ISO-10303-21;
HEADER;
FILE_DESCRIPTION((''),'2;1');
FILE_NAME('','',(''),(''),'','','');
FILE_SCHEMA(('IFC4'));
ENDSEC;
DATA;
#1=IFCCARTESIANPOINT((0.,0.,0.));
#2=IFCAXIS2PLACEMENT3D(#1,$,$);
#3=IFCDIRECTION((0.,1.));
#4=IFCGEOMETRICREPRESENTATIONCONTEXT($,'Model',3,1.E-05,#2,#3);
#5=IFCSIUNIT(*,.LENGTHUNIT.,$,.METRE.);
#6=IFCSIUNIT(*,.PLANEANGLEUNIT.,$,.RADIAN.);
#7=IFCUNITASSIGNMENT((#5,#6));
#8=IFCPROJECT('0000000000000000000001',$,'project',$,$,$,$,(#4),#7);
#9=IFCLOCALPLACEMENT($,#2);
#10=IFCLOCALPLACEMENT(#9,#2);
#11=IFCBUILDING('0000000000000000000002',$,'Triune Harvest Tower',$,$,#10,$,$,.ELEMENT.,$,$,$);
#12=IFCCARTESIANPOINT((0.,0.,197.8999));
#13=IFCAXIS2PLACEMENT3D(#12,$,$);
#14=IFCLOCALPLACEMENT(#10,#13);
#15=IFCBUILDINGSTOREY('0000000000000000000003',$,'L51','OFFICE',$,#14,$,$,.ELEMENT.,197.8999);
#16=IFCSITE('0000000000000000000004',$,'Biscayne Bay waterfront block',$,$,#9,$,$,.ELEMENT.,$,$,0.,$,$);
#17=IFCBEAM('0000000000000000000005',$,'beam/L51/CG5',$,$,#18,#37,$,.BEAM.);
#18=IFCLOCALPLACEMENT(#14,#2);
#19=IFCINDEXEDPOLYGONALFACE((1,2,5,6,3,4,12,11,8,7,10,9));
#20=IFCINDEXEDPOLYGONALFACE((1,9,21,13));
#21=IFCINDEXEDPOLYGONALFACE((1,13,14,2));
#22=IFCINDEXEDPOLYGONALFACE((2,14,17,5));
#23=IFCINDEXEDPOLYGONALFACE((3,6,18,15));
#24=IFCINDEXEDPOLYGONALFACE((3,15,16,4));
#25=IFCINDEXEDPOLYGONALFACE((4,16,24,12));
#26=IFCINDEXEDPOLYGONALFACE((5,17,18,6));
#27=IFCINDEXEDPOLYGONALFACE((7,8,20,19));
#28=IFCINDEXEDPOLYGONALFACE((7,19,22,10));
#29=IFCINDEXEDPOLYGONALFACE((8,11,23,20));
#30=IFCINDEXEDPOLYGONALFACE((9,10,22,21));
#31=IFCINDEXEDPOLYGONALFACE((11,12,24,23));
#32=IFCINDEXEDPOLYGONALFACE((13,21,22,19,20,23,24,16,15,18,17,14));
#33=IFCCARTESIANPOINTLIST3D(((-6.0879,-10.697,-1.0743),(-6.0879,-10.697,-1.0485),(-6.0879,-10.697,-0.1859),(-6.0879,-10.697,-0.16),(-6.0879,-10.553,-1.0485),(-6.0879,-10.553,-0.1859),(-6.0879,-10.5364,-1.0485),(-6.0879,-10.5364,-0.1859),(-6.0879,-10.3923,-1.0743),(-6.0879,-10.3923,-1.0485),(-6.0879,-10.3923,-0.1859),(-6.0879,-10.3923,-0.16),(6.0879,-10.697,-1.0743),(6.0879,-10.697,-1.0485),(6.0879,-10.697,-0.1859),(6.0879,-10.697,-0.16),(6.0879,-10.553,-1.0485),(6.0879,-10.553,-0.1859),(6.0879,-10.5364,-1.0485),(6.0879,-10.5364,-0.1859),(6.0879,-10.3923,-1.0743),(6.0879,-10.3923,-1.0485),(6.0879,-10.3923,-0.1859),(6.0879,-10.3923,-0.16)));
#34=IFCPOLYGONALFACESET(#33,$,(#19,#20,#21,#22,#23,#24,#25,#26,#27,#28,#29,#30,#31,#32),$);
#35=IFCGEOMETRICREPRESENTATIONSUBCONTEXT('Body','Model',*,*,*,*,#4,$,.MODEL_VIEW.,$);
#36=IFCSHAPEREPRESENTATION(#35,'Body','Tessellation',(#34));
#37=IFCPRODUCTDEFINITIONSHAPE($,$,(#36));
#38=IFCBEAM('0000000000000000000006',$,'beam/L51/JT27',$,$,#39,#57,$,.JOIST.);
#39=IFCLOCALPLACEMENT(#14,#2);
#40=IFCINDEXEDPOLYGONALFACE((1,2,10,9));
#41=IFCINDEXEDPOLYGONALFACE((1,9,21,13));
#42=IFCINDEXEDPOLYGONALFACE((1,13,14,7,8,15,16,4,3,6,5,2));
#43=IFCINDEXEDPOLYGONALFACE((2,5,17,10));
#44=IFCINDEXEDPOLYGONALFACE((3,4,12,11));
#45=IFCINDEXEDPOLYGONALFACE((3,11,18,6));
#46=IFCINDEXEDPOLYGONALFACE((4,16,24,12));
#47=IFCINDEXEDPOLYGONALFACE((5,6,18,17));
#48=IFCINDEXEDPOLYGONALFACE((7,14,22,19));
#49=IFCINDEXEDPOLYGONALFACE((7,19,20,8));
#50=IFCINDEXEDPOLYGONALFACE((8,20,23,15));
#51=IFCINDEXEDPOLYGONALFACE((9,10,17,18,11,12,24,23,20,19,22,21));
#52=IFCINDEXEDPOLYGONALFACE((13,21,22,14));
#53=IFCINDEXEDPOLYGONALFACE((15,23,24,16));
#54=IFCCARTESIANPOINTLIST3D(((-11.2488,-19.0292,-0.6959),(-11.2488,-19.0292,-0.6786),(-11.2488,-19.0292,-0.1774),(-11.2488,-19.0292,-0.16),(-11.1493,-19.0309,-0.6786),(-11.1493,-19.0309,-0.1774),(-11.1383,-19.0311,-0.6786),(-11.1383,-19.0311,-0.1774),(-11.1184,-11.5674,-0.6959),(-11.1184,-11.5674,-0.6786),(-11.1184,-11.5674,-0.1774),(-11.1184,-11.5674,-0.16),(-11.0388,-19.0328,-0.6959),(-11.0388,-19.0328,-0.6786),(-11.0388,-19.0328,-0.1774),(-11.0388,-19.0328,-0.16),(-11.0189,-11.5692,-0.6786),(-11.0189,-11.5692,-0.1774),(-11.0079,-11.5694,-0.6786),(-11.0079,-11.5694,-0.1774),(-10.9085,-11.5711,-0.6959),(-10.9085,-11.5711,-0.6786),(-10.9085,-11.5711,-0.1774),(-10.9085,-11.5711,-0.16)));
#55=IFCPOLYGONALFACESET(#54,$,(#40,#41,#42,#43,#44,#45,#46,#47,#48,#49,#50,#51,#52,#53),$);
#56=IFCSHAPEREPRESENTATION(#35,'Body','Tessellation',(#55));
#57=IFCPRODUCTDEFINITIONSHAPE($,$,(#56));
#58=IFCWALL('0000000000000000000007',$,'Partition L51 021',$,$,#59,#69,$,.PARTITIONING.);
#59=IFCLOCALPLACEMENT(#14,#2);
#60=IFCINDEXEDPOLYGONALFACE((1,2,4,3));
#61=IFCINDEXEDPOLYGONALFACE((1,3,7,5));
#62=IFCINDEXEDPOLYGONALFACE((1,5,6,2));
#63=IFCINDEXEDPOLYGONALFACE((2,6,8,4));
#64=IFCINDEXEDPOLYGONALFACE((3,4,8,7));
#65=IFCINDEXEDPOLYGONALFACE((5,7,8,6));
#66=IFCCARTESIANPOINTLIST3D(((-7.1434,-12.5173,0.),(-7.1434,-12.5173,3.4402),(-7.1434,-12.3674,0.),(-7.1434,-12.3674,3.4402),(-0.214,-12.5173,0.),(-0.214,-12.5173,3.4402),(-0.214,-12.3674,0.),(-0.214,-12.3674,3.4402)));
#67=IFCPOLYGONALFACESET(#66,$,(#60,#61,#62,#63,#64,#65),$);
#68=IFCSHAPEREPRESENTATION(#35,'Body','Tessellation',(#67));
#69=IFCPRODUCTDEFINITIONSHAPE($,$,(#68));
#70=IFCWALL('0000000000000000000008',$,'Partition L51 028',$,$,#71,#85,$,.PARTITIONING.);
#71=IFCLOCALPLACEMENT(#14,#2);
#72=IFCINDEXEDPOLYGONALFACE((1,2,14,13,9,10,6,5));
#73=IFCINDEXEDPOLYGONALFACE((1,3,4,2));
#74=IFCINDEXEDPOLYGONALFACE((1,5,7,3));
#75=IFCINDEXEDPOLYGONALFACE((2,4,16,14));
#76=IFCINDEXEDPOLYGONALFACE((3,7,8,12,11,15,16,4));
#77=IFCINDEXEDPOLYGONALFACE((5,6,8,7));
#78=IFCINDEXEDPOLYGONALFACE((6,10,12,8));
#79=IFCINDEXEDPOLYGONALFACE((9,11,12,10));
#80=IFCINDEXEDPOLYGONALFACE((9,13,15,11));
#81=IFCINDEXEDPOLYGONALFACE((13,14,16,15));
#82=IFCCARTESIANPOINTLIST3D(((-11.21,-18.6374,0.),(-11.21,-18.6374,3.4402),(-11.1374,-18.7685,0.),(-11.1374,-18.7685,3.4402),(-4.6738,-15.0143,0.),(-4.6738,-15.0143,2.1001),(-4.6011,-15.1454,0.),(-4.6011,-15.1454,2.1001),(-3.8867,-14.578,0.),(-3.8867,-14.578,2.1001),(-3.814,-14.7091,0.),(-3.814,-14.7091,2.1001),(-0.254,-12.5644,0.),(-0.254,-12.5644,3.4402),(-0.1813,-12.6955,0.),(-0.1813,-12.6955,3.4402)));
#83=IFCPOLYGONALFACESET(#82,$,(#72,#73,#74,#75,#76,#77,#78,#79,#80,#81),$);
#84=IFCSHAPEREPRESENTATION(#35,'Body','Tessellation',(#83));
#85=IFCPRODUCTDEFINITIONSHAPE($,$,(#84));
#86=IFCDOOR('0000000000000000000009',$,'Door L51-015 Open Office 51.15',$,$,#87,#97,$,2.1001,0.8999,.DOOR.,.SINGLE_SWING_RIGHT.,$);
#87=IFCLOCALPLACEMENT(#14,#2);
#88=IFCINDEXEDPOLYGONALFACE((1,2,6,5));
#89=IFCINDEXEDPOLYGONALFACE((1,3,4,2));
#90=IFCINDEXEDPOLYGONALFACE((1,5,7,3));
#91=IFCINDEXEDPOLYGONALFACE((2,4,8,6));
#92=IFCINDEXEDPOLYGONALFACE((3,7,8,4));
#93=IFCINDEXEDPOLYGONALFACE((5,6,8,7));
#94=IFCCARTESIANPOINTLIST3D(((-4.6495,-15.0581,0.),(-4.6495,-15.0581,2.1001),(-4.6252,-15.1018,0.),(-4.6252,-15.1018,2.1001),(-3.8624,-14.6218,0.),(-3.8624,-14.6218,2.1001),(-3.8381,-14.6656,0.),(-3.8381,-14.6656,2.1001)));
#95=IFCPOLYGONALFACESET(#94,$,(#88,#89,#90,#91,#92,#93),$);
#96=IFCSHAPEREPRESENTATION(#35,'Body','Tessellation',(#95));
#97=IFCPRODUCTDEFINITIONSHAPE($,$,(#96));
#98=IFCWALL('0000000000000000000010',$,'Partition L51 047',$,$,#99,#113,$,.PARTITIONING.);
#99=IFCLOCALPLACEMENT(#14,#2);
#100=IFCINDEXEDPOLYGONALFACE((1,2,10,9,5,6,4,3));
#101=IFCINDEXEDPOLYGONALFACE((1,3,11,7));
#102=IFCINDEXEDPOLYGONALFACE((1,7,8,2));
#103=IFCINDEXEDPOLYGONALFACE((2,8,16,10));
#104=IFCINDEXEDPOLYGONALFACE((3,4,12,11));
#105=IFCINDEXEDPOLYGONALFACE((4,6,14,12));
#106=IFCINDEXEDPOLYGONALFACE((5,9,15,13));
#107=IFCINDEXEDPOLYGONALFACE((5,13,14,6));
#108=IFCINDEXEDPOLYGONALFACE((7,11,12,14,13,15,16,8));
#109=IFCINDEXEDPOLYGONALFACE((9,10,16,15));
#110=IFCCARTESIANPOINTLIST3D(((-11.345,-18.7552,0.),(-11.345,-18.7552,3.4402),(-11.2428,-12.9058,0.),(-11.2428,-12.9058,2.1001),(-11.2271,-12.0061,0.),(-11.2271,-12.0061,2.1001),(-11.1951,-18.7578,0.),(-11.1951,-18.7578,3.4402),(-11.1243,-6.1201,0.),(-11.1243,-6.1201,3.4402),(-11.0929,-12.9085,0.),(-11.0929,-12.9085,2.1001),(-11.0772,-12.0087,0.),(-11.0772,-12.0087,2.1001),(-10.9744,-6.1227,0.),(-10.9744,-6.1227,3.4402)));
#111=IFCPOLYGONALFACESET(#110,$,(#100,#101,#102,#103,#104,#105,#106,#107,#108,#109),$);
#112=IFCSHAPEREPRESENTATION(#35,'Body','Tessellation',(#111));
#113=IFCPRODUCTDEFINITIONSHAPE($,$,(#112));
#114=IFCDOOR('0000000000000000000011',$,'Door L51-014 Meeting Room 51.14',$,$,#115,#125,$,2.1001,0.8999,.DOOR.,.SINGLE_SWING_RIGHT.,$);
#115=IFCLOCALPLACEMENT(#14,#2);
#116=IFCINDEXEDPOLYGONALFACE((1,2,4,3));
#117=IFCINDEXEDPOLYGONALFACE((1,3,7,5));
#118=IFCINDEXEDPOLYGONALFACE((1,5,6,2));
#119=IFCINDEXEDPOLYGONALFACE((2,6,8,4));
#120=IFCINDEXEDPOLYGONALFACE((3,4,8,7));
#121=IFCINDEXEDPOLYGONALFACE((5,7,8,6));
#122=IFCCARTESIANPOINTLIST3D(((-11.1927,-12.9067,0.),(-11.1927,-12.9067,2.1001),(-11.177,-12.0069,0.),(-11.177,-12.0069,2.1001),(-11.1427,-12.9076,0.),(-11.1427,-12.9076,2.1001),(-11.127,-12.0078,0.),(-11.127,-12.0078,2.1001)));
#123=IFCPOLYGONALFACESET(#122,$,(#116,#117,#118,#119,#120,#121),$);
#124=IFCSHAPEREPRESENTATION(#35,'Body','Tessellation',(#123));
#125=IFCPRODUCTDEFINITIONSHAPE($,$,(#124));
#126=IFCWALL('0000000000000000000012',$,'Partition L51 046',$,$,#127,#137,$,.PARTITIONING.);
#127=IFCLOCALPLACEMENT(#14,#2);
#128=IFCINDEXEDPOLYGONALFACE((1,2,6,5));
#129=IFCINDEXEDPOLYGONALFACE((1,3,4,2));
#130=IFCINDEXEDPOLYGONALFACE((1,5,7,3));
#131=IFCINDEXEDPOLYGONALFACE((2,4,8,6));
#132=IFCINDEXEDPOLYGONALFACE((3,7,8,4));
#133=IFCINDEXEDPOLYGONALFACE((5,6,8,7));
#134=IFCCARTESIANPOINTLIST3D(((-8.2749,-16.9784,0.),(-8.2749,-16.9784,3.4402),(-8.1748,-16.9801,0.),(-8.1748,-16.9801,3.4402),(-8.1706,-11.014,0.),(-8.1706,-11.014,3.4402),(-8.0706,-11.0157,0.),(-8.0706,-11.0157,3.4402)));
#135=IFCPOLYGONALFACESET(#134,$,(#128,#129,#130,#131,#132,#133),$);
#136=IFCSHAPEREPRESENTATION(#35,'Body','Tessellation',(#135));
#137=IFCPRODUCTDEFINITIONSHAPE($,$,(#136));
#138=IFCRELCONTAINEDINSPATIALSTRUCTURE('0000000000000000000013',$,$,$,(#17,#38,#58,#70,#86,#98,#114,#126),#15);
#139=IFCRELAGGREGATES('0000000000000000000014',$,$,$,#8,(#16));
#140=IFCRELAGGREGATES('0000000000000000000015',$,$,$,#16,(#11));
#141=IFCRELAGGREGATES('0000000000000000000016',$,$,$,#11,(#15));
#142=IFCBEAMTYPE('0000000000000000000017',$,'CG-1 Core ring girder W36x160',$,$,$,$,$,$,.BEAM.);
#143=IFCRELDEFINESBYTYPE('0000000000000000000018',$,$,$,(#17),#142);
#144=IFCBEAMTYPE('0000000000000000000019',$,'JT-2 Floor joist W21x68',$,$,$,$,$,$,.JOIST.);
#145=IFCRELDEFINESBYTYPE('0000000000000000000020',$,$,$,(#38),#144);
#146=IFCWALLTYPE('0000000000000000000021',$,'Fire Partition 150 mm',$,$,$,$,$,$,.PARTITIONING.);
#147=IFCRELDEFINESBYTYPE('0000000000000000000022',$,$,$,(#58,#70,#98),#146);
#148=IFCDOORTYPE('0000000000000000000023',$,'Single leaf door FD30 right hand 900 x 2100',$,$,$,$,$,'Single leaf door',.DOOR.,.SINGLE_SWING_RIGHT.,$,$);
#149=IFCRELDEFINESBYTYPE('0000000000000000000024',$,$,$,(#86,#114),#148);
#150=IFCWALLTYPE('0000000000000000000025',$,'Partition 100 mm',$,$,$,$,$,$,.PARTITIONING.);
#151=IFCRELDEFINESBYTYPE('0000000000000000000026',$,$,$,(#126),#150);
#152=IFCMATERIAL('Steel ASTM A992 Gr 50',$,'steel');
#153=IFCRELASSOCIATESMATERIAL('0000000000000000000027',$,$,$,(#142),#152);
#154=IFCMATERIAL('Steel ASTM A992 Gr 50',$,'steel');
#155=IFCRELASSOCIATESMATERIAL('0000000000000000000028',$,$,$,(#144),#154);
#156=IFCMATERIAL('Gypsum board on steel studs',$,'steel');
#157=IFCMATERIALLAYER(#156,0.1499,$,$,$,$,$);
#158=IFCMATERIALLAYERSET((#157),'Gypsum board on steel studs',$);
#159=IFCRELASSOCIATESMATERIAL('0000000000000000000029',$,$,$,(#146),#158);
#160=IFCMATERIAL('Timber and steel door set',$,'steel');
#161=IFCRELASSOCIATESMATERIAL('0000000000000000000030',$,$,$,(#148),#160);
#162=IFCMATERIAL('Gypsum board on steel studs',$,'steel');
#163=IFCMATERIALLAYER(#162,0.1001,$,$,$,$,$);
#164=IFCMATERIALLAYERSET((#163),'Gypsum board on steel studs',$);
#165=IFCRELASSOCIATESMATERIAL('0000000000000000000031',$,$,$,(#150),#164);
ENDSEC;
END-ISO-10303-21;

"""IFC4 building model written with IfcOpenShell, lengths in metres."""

from ifc_helpers import new_model, si_unit, direction, frame, frame_2d, origin, origin_2d, place, context, subcontext, project, spatial, rectangle, i_section, extrude, source, transform, mapped, material, layer, layer_set, material_profile, profile_set, type_object, element, fill, save


model = new_model("IFC4")

# Units and contexts
model_context = context("Model", 3, precision=1e-05, world=origin(), true_north=direction((0.0, 1.0)))
body_context = subcontext(model_context, "Body", "Model", "MODEL_VIEW")
ifc_project = project(units=[si_unit("LENGTHUNIT", "METRE"), si_unit("PLANEANGLEUNIT", "RADIAN")], contexts=[model_context])

# Site, building, storey
site_placement = place(None, origin())
site = spatial("IfcSite", under=ifc_project, at=site_placement, Name="Biscayne Bay waterfront block", CompositionType="ELEMENT", RefElevation=0.0)
building_placement = place(site_placement, origin())
building = spatial("IfcBuilding", under=site, at=building_placement, Name="Triune Harvest Tower", CompositionType="ELEMENT")
storey_placement = place(building_placement, frame((0.0, 0.0, 197.8999)))
storey = spatial("IfcBuildingStorey", under=building, at=storey_placement, Name="L51", Description="OFFICE", CompositionType="ELEMENT", Elevation=197.8999)

# Beams
ifc_material_1 = material(Name="Steel ASTM A992 Gr 50", Category="steel")
ifc_material_profile_1 = material_profile(ifc_material_1, i_section(OverallWidth=0.3047, OverallDepth=0.9143, WebThickness=0.0166, FlangeThickness=0.0259, at=origin_2d()), Name="W36x160")
ifc_profile_set_1 = profile_set([ifc_material_profile_1], Name="Steel ASTM A992 Gr 50")
beam_type_1 = type_object("IfcBeamType", Name="CG-1 Core ring girder W36x160", PredefinedType="BEAM", material=ifc_profile_set_1)
shared_shape_1 = source(origin(), body_context, "Body", "SweptSolid", [
    extrude(i_section(OverallWidth=0.3047, OverallDepth=0.9143, WebThickness=0.0166, FlangeThickness=0.0259, at=origin_2d()), origin(), (0.0, 0.0, 1.0), 12.1758),
])
beam_1_placement = place(storey_placement, frame((-6.0879, -10.5447, -0.6172), z_axis=(1.0, 0.0, 0.0), x_axis=(0.0, 1.0, 0.0)))
element("IfcBeam", 1, at=beam_1_placement, inside=storey, type_object=beam_type_1, Name="beam/L51/CG5", PredefinedType="BEAM", context=body_context, shape_type="MappedRepresentation", body=[
    mapped(shared_shape_1, transform((0.0, 0.0, 0.0), scale=1.0)),
])
ifc_material_2 = material(Name="Steel ASTM A992 Gr 50", Category="steel")
ifc_material_profile_2 = material_profile(ifc_material_2, i_section(OverallWidth=0.21, OverallDepth=0.5359, WebThickness=0.011, FlangeThickness=0.0173, at=origin_2d()), Name="W21x68")
ifc_profile_set_2 = profile_set([ifc_material_profile_2], Name="Steel ASTM A992 Gr 50")
beam_type_2 = type_object("IfcBeamType", Name="JT-2 Floor joist W21x68", PredefinedType="JOIST", material=ifc_profile_set_2)
shared_shape_2 = source(origin(), body_context, "Body", "SweptSolid", [
    extrude(i_section(OverallWidth=0.21, OverallDepth=0.5359, WebThickness=0.011, FlangeThickness=0.0173, at=origin_2d()), origin(), (0.0, 0.0, 1.0), 7.4629),
])
beam_2_placement = place(storey_placement, frame((-11.1438, -19.031, -0.428), z_axis=(0.017469, 0.999847, 0.0), x_axis=(-0.999847, 0.017469, 0.0)))
element("IfcBeam", 2, at=beam_2_placement, inside=storey, type_object=beam_type_2, Name="beam/L51/JT27", PredefinedType="JOIST", context=body_context, shape_type="MappedRepresentation", body=[
    mapped(shared_shape_2, transform((0.0, 0.0, 0.0), scale=1.0)),
])

# Wall
ifc_material_3 = material(Name="Gypsum board on steel studs", Category="steel")
ifc_layer_1 = layer(ifc_material_3, 0.1499)
ifc_layer_set_1 = layer_set([ifc_layer_1], Name="Gypsum board on steel studs")
wall_type_1 = type_object("IfcWallType", Name="Fire Partition 150 mm", PredefinedType="PARTITIONING", material=ifc_layer_set_1)
wall_1_placement = place(storey_placement, frame((-7.1436, -12.4424, 0.0), z_axis=(0.0, 0.0, 1.0), x_axis=(1.0, 0.0, 0.0)))
element("IfcWall", 3, at=wall_1_placement, inside=storey, type_object=wall_type_1, Name="Partition L51 021", PredefinedType="PARTITIONING", context=body_context, shape_type="SweptSolid", body=[
    extrude(rectangle(XDim=6.9294, YDim=0.1499, at=frame_2d((3.4648, 0.0))), origin(), (0.0, 0.0, 1.0), 3.4402),
])

# Walls, openings, doors
wall_2_placement = place(storey_placement, frame((-11.1736, -18.7029, 0.0), z_axis=(0.0, 0.0, 1.0), x_axis=(0.874621, 0.484807, 0.0)))
wall_2 = element("IfcWall", 4, at=wall_2_placement, inside=storey, type_object=wall_type_1, Name="Partition L51 028", PredefinedType="PARTITIONING", context=body_context, shape_type="SweptSolid", body=[
    extrude(rectangle(XDim=12.5266, YDim=0.1499, at=frame_2d((6.2632, 0.0))), origin(), (0.0, 0.0, 1.0), 3.4402),
])
opening_1_placement = place(wall_2_placement, frame((7.4731, 0.0, 0.0)))
opening_1 = element("IfcOpeningElement", 5, at=opening_1_placement, cuts=wall_2, PredefinedType="OPENING", context=body_context, shape_type="SweptSolid", body=[
    extrude(rectangle(XDim=0.8999, YDim=2.1001, at=frame_2d((0.45, 1.05))), frame((0.0, 0.085, 0.0), z_axis=(0.0, -1.0, 0.0), x_axis=(1.0, 0.0, 0.0)), (0.0, 0.0, 1.0), 0.1699),
])
ifc_material_4 = material(Name="Timber and steel door set", Category="steel")
door_type_1 = type_object("IfcDoorType", Name="Single leaf door FD30 right hand 900 x 2100", ElementType="Single leaf door", OperationType="SINGLE_SWING_RIGHT", PredefinedType="DOOR", material=ifc_material_4)
door_1_placement = place(opening_1_placement, origin())
door_1 = element("IfcDoor", 6, at=door_1_placement, inside=storey, type_object=door_type_1, Name="Door L51-015 Open Office 51.15", OperationType="SINGLE_SWING_RIGHT", OverallHeight=2.1001, OverallWidth=0.8999, PredefinedType="DOOR", context=body_context, shape_type="SweptSolid", body=[
    extrude(rectangle(XDim=0.8999, YDim=2.1001, at=frame_2d((0.45, 1.05))), frame((0.0, 0.0249, 0.0), z_axis=(0.0, -1.0, 0.0), x_axis=(1.0, 0.0, 0.0)), (0.0, 0.0, 1.0), 0.05),
])
fill(opening_1, door_1)
wall_3_placement = place(storey_placement, frame((-11.27, -18.7563, 0.0), z_axis=(0.0, 0.0, 1.0), x_axis=(0.017465, 0.999847, 0.0)))
wall_3 = element("IfcWall", 7, at=wall_3_placement, inside=storey, type_object=wall_type_1, Name="Partition L51 047", PredefinedType="PARTITIONING", context=body_context, shape_type="SweptSolid", body=[
    extrude(rectangle(XDim=12.637, YDim=0.1499, at=frame_2d((6.3184, 0.0))), origin(), (0.0, 0.0, 1.0), 3.4402),
])
opening_2_placement = place(wall_3_placement, frame((5.8501, 0.0, 0.0)))
opening_2 = element("IfcOpeningElement", 8, at=opening_2_placement, cuts=wall_3, PredefinedType="OPENING", context=body_context, shape_type="SweptSolid", body=[
    extrude(rectangle(XDim=0.8999, YDim=2.1001, at=frame_2d((0.45, 1.05))), frame((0.0, 0.085, 0.0), z_axis=(0.0, -1.0, 0.0), x_axis=(1.0, 0.0, 0.0)), (0.0, 0.0, 1.0), 0.1699),
])
door_2_placement = place(opening_2_placement, origin())
door_2 = element("IfcDoor", 9, at=door_2_placement, inside=storey, type_object=door_type_1, Name="Door L51-014 Meeting Room 51.14", OperationType="SINGLE_SWING_RIGHT", OverallHeight=2.1001, OverallWidth=0.8999, PredefinedType="DOOR", context=body_context, shape_type="SweptSolid", body=[
    extrude(rectangle(XDim=0.8999, YDim=2.1001, at=frame_2d((0.45, 1.05))), frame((0.0, 0.0249, 0.0), z_axis=(0.0, -1.0, 0.0), x_axis=(1.0, 0.0, 0.0)), (0.0, 0.0, 1.0), 0.05),
])
fill(opening_2, door_2)

# Wall
ifc_material_5 = material(Name="Gypsum board on steel studs", Category="steel")
ifc_layer_2 = layer(ifc_material_5, 0.1001)
ifc_layer_set_2 = layer_set([ifc_layer_2], Name="Gypsum board on steel studs")
wall_type_2 = type_object("IfcWallType", Name="Partition 100 mm", PredefinedType="PARTITIONING", material=ifc_layer_set_2)
wall_4_placement = place(storey_placement, frame((-8.2249, -16.9792, 0.0), z_axis=(0.0, 0.0, 1.0), x_axis=(0.017476, 0.999847, 0.0)))
element("IfcWall", 10, at=wall_4_placement, inside=storey, type_object=wall_type_2, Name="Partition L51 046", PredefinedType="PARTITIONING", context=body_context, shape_type="SweptSolid", body=[
    extrude(rectangle(XDim=5.9653, YDim=0.1001, at=frame_2d((2.9827, 0.0))), origin(), (0.0, 0.0, 1.0), 3.4402),
])

save(model, "model.ifc")
